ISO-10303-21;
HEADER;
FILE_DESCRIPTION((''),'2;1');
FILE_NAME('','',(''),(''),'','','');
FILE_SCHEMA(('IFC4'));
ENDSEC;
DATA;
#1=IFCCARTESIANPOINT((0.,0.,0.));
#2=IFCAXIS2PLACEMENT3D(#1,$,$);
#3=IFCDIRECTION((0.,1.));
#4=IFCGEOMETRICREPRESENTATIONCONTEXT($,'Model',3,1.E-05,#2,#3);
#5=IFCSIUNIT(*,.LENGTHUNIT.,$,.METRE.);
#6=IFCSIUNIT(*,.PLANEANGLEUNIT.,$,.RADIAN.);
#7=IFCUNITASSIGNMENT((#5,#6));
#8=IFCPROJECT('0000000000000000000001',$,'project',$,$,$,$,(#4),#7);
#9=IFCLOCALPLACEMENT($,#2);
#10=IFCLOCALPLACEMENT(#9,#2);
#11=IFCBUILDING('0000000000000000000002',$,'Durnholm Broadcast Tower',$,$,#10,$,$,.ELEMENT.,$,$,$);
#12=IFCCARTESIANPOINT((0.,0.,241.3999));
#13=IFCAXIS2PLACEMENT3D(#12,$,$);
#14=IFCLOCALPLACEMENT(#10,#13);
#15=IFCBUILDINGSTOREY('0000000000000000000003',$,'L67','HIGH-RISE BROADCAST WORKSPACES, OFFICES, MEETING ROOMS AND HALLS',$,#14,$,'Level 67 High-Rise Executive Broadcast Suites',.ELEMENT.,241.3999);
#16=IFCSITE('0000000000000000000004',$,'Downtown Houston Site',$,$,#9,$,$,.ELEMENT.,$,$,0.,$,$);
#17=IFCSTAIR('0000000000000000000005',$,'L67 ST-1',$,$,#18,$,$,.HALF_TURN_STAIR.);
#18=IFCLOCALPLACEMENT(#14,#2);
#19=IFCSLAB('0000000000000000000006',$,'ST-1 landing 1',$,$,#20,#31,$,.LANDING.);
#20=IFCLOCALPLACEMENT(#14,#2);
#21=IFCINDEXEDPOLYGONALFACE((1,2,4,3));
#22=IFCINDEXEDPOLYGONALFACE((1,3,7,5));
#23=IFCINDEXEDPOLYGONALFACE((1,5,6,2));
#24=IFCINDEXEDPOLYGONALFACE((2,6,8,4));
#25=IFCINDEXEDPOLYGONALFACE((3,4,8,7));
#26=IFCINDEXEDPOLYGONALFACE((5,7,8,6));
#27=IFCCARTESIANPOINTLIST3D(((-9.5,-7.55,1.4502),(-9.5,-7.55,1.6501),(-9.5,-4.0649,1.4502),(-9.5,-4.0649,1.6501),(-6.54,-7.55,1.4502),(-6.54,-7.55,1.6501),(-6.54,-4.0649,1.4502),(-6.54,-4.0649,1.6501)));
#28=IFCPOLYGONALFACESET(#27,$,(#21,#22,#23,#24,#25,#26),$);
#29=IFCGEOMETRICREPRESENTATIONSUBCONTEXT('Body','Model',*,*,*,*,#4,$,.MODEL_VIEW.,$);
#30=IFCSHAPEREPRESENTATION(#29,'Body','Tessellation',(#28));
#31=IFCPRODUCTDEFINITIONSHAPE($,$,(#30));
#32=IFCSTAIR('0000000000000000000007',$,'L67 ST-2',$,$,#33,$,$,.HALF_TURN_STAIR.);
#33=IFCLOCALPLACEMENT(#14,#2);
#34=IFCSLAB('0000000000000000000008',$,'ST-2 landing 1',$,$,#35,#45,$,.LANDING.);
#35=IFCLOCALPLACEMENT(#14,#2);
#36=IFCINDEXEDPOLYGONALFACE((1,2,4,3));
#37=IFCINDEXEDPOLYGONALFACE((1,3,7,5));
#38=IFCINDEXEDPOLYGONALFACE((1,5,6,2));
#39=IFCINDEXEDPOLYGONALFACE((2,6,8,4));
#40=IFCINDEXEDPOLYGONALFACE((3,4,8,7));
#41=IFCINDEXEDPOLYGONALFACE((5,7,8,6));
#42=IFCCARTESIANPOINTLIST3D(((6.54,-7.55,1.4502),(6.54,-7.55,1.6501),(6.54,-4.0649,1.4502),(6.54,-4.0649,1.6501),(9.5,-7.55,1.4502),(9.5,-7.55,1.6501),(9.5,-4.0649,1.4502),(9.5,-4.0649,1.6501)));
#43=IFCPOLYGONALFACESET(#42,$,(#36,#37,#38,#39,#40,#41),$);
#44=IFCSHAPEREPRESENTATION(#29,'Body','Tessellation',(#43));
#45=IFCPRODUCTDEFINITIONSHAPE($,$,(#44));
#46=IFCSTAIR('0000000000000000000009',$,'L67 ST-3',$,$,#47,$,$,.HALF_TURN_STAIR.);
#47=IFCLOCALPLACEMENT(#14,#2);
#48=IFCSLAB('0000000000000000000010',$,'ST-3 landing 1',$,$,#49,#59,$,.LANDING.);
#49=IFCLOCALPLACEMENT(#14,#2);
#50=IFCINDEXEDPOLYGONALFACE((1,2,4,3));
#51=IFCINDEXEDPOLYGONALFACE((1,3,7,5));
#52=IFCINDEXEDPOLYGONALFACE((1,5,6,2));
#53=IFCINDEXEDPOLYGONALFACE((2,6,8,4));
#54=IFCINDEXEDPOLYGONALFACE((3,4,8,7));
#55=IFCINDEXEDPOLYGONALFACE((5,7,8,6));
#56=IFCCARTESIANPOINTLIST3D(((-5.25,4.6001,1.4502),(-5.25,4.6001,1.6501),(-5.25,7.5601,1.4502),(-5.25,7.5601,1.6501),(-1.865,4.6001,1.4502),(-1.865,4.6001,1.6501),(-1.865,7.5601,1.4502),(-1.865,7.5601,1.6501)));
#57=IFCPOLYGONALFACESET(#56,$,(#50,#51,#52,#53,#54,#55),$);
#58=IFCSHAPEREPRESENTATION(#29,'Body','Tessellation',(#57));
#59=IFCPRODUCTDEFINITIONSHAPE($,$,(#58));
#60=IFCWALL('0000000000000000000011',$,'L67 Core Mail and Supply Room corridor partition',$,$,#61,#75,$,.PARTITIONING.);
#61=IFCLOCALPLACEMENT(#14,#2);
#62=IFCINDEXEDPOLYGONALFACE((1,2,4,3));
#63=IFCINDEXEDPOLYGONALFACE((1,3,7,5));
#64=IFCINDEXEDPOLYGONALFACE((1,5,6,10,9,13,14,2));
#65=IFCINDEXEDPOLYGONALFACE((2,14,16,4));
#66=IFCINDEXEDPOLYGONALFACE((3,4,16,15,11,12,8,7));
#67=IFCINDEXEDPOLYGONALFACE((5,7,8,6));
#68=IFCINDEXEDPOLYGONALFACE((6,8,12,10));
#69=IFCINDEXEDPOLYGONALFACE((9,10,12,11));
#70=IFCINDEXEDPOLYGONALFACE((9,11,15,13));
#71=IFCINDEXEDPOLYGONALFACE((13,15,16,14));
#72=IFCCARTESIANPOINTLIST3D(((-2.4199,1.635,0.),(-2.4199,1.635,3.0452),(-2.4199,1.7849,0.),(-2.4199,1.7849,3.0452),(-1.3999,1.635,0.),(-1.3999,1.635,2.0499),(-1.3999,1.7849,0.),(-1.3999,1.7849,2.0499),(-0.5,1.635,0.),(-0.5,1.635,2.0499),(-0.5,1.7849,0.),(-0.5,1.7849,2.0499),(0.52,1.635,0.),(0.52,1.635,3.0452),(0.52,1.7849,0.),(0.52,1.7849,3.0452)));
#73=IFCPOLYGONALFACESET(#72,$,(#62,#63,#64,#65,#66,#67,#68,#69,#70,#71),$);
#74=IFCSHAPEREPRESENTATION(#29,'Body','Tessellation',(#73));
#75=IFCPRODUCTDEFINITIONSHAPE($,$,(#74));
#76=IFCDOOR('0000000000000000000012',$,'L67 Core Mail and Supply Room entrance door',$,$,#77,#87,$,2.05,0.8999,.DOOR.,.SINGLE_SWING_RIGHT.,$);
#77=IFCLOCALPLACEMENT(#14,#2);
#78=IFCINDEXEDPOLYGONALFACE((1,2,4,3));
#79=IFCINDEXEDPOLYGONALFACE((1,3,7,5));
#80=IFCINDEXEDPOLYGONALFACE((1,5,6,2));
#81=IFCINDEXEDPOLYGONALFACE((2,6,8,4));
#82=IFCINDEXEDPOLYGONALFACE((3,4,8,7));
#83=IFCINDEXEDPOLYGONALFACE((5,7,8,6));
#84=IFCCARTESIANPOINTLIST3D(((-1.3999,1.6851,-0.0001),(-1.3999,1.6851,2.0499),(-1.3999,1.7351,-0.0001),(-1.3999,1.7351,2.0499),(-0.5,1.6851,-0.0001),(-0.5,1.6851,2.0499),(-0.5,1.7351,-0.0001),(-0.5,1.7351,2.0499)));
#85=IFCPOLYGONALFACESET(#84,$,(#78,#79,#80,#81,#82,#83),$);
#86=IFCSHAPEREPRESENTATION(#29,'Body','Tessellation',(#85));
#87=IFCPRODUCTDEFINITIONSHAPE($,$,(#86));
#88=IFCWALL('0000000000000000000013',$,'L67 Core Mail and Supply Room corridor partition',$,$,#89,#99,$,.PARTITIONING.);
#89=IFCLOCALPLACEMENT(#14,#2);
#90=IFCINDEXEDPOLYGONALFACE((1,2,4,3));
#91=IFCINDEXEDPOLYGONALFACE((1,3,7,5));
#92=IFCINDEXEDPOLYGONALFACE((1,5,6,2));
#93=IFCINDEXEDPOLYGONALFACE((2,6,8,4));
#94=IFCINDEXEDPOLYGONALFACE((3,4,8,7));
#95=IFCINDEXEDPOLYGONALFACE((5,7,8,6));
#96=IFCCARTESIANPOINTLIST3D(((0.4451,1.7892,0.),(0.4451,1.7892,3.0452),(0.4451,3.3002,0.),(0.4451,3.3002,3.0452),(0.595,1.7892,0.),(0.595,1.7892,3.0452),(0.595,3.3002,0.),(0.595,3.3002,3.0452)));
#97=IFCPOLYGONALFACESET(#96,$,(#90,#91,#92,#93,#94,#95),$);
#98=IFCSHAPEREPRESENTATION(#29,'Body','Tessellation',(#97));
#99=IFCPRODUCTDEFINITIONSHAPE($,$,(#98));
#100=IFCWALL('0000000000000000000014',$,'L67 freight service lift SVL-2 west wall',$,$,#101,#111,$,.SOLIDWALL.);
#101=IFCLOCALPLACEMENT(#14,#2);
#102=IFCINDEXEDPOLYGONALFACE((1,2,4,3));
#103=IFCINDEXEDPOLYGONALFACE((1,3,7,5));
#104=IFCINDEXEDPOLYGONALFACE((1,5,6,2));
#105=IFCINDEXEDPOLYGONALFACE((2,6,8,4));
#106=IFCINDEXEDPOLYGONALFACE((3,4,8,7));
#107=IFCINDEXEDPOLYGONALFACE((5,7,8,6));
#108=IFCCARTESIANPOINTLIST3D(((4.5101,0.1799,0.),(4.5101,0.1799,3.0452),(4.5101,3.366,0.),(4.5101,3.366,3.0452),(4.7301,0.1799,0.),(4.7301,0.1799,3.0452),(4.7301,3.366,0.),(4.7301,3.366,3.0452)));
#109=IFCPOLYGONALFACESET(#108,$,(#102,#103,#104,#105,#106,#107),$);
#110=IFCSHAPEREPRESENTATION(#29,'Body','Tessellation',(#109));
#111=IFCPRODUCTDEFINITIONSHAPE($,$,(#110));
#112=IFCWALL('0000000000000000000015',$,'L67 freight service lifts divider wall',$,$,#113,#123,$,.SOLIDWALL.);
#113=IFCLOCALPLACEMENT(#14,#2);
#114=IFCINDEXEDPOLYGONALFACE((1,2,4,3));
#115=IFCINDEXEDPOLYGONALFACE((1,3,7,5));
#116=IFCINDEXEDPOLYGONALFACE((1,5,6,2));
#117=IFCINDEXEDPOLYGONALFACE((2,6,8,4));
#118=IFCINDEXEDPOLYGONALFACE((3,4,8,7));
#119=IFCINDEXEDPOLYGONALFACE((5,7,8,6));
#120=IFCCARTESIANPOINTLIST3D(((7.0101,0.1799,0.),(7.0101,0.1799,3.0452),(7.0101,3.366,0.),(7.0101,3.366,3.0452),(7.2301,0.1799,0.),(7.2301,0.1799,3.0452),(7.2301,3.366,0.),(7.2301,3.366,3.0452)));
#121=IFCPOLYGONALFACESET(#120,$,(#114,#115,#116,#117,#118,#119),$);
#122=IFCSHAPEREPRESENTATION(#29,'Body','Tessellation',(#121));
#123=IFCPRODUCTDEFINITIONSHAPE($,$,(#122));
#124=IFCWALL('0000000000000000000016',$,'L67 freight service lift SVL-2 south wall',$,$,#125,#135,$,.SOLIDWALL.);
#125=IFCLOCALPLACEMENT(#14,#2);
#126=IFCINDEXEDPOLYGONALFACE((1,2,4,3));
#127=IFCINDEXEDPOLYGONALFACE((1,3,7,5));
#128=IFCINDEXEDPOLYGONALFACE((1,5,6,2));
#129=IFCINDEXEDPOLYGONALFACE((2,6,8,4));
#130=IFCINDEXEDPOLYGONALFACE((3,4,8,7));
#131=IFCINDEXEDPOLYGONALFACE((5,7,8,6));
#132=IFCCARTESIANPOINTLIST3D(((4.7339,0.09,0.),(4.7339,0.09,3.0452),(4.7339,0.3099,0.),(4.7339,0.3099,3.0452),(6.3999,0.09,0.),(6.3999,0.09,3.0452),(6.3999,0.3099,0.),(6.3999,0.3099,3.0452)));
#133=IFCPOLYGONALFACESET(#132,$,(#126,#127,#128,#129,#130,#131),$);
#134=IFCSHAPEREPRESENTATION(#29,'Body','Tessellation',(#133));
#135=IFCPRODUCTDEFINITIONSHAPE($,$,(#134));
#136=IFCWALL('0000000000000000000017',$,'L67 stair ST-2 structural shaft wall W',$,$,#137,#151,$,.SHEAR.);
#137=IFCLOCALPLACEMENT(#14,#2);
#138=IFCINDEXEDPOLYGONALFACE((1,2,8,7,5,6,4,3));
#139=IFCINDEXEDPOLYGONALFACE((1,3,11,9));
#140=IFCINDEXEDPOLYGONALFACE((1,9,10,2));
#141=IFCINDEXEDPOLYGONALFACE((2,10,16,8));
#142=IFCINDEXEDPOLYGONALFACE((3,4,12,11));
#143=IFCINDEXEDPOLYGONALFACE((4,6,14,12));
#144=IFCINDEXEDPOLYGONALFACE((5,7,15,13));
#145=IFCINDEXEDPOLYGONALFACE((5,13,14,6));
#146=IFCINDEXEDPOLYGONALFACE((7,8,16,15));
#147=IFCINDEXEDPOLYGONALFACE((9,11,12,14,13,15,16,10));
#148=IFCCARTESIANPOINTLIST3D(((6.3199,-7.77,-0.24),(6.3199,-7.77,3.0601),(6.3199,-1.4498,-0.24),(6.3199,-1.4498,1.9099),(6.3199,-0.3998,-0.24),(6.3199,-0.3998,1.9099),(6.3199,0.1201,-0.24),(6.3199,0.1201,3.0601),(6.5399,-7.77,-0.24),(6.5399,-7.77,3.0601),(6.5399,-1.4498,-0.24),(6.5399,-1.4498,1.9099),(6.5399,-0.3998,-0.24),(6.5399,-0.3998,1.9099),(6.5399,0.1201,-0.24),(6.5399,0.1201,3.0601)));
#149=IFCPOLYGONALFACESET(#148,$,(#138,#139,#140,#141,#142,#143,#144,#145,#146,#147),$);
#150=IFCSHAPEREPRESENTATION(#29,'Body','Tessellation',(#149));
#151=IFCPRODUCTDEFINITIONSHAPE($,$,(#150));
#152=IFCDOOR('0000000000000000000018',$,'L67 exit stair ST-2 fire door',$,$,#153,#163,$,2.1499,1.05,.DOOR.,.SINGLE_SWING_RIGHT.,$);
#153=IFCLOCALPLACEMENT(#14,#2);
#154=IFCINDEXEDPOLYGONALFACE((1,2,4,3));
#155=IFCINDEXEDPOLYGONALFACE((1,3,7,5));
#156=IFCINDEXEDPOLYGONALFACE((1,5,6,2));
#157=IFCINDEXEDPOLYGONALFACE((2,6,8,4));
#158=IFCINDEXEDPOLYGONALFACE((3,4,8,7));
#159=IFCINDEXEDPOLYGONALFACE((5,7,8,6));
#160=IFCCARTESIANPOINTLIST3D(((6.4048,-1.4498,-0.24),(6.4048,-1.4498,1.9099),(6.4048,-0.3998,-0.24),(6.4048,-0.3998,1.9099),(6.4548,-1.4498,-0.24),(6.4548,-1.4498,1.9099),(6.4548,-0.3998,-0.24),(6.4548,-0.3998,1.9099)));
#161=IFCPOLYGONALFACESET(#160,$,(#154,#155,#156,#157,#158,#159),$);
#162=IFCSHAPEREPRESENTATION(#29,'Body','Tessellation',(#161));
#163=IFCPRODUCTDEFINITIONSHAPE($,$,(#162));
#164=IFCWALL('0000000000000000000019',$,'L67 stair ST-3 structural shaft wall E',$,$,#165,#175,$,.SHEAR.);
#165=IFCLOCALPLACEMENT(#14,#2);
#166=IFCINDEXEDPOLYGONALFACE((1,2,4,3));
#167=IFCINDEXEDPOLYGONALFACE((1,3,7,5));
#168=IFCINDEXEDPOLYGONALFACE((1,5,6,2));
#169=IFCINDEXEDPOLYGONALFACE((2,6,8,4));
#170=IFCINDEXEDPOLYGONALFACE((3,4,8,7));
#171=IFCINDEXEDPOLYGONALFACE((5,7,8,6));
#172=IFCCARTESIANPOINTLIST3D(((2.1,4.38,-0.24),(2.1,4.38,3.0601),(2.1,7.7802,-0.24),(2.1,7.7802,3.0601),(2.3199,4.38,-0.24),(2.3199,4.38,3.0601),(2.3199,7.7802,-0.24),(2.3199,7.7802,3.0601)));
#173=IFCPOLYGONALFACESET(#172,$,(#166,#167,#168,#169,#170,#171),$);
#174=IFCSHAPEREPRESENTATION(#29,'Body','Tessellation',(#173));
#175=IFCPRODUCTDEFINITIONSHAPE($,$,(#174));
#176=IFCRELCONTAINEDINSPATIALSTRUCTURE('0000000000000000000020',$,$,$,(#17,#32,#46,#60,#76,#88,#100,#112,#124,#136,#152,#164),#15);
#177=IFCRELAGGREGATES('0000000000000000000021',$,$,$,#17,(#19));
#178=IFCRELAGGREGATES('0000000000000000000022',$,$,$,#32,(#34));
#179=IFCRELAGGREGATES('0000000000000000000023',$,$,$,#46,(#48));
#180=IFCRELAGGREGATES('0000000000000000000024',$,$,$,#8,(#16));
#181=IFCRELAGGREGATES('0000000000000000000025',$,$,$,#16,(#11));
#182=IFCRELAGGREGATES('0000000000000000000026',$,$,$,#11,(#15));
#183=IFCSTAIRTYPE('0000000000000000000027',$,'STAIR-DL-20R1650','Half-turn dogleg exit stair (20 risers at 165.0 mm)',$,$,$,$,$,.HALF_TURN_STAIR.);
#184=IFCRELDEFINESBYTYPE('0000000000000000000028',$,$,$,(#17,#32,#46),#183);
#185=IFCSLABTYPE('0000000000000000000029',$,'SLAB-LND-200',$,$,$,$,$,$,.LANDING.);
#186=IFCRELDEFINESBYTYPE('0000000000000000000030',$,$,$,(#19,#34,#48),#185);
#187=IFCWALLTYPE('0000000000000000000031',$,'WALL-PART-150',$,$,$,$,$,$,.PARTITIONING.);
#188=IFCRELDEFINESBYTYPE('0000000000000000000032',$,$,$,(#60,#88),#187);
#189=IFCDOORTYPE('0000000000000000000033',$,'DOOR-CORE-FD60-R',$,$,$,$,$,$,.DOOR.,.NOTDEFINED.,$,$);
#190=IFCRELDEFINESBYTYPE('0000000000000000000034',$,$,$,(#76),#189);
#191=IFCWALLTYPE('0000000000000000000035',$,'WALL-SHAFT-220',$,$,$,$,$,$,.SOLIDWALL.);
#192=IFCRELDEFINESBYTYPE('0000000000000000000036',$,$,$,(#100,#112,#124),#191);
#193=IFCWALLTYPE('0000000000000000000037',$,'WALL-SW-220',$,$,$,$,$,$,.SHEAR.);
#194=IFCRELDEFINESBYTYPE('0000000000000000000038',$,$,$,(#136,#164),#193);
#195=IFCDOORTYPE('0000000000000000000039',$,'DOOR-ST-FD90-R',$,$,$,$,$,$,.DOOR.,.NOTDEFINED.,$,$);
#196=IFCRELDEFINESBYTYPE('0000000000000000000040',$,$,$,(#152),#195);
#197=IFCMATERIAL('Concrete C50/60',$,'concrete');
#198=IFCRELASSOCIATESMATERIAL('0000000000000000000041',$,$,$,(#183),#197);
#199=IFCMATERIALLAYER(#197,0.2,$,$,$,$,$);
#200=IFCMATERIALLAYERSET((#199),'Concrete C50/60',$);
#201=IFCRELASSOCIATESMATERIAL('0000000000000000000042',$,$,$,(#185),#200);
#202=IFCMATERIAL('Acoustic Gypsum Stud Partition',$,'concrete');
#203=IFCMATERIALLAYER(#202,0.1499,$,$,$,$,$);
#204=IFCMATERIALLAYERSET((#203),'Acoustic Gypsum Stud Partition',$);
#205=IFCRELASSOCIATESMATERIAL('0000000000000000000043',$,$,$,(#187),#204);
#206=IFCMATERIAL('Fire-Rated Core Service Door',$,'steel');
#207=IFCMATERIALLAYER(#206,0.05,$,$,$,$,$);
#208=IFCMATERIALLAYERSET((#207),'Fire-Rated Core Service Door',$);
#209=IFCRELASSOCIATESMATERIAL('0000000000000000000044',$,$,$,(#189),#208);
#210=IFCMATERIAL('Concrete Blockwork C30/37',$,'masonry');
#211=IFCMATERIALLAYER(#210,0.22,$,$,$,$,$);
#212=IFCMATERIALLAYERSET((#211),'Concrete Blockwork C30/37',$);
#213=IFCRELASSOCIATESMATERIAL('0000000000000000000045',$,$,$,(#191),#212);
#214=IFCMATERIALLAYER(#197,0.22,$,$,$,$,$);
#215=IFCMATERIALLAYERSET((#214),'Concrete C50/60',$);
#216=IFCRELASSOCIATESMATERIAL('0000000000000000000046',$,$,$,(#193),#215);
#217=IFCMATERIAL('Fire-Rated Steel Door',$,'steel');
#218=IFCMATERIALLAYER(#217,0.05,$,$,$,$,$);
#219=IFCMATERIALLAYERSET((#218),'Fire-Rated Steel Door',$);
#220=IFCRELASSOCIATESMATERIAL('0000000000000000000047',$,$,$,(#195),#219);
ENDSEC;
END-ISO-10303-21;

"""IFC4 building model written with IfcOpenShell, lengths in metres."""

from ifc_helpers import new_model, si_unit, direction, frame, frame_2d, origin, place, context, subcontext, project, spatial, polyline, rectangle, outline, extrude, source, transform, mapped, material, layer, layer_set, type_object, type_shapes, element, fill, aggregate, save


model = new_model("IFC4")

# Units and contexts
model_context = context("Model", 3, precision=1e-05, world=origin(), true_north=direction((0.0, 1.0)))
body_context = subcontext(model_context, "Body", "Model", "MODEL_VIEW")
ifc_project = project(units=[si_unit("LENGTHUNIT", "METRE"), si_unit("PLANEANGLEUNIT", "RADIAN")], contexts=[model_context])

# Site, building, storey
site_placement = place(None, origin())
site = spatial("IfcSite", under=ifc_project, at=site_placement, Name="Downtown Houston Site", CompositionType="ELEMENT", RefElevation=0.0)
building_placement = place(site_placement, origin())
building = spatial("IfcBuilding", under=site, at=building_placement, Name="Durnholm Broadcast Tower", CompositionType="ELEMENT")
storey_placement = place(building_placement, frame((0.0, 0.0, 241.3999)))
storey = spatial("IfcBuildingStorey", under=building, at=storey_placement, Name="L67", Description="HIGH-RISE BROADCAST WORKSPACES, OFFICES, MEETING ROOMS AND HALLS", LongName="Level 67 High-Rise Executive Broadcast Suites", CompositionType="ELEMENT", Elevation=241.3999)

# Stairs, slabs
ifc_material_1 = material(Name="Concrete C50/60", Category="concrete")
stair_type = type_object("IfcStairType", Name="STAIR-DL-20R1650", Description="Half-turn dogleg exit stair (20 risers at 165.0 mm)", PredefinedType="HALF_TURN_STAIR", material=ifc_material_1)
stair_1_placement = place(storey_placement, origin())
stair_1 = element("IfcStair", 1, at=stair_1_placement, inside=storey, type_object=stair_type, Name="L67 ST-1", PredefinedType="HALF_TURN_STAIR")
ifc_layer_1 = layer(ifc_material_1, 0.2)
ifc_layer_set_1 = layer_set([ifc_layer_1], Name="Concrete C50/60")
slab_type = type_object("IfcSlabType", Name="SLAB-LND-200", PredefinedType="LANDING", material=ifc_layer_set_1)
slab_1_placement = place(storey_placement, frame((0.0, 0.0, 1.4502)))
slab_1 = element("IfcSlab", 2, at=slab_1_placement, type_object=slab_type, Name="ST-1 landing 1", PredefinedType="LANDING", context=body_context, shape_type="SweptSolid", body=[
    extrude(outline(polyline([(-9.5, -4.0649), (-9.5, -7.55), (-6.54, -7.55), (-6.54, -4.0649), (-9.5, -4.0649)])), origin(), (0.0, 0.0, 1.0), 0.2),
])
aggregate(stair_1, [slab_1])
stair_2_placement = place(storey_placement, origin())
stair_2 = element("IfcStair", 3, at=stair_2_placement, inside=storey, type_object=stair_type, Name="L67 ST-2", PredefinedType="HALF_TURN_STAIR")
slab_2_placement = place(storey_placement, frame((0.0, 0.0, 1.4502)))
slab_2 = element("IfcSlab", 4, at=slab_2_placement, type_object=slab_type, Name="ST-2 landing 1", PredefinedType="LANDING", context=body_context, shape_type="SweptSolid", body=[
    extrude(outline(polyline([(6.54, -4.0649), (6.54, -7.55), (9.5, -7.55), (9.5, -4.0649), (6.54, -4.0649)])), origin(), (0.0, 0.0, 1.0), 0.2),
])
aggregate(stair_2, [slab_2])
stair_3_placement = place(storey_placement, origin())
stair_3 = element("IfcStair", 5, at=stair_3_placement, inside=storey, type_object=stair_type, Name="L67 ST-3", PredefinedType="HALF_TURN_STAIR")
slab_3_placement = place(storey_placement, frame((0.0, 0.0, 1.4502)))
slab_3 = element("IfcSlab", 6, at=slab_3_placement, type_object=slab_type, Name="ST-3 landing 1", PredefinedType="LANDING", context=body_context, shape_type="SweptSolid", body=[
    extrude(outline(polyline([(-1.865, 7.5601), (-5.25, 7.5601), (-5.25, 4.6001), (-1.865, 4.6001), (-1.865, 7.5601)])), origin(), (0.0, 0.0, 1.0), 0.2),
])

# Wall, opening, door
ifc_material_2 = material(Name="Acoustic Gypsum Stud Partition", Category="concrete")
ifc_layer_2 = layer(ifc_material_2, 0.1499)
ifc_layer_set_2 = layer_set([ifc_layer_2], Name="Acoustic Gypsum Stud Partition")
wall_type_1 = type_object("IfcWallType", Name="WALL-PART-150", PredefinedType="PARTITIONING", material=ifc_layer_set_2)
wall_1_placement = place(storey_placement, frame((0.52, 1.71, 0.0), z_axis=(0.0, 0.0, 1.0), x_axis=(-1.0, 0.0, 0.0)))
wall_1 = element("IfcWall", 7, at=wall_1_placement, inside=storey, type_object=wall_type_1, Name="L67 Core Mail and Supply Room corridor partition", PredefinedType="PARTITIONING", context=body_context, shape_type="SweptSolid", body=[
    extrude(rectangle(XDim=2.9399, YDim=0.1499, at=frame_2d((1.47, 0.0))), origin(), (0.0, 0.0, 1.0), 3.0452),
])
opening_1_placement = place(wall_1_placement, frame((1.02, 0.0, 0.0)))
opening_1 = element("IfcOpeningElement", 8, at=opening_1_placement, cuts=wall_1, PredefinedType="OPENING", context=body_context, shape_type="SweptSolid", body=[
    extrude(rectangle(XDim=0.8999, YDim=2.05, at=frame_2d((0.45, 1.0249))), frame((0.0, 0.085, 0.0), z_axis=(0.0, -1.0, 0.0), x_axis=(1.0, 0.0, 0.0)), (0.0, 0.0, 1.0), 0.1699),
])
ifc_material_3 = material(Name="Fire-Rated Core Service Door", Category="steel")
ifc_layer_3 = layer(ifc_material_3, 0.05)
ifc_layer_set_3 = layer_set([ifc_layer_3], Name="Fire-Rated Core Service Door")
door_type_1 = type_object("IfcDoorType", Name="DOOR-CORE-FD60-R", OperationType="NOTDEFINED", PredefinedType="DOOR", material=ifc_layer_set_3)
shared_shape_1 = source(origin(), body_context, "Body", "SweptSolid", [
    extrude(rectangle(XDim=0.8999, YDim=2.05, at=frame_2d((0.45, 1.0249))), frame((0.0, 0.0249, 0.0), z_axis=(0.0, -1.0, 0.0), x_axis=(1.0, 0.0, 0.0)), (0.0, 0.0, 1.0), 0.05),
])
type_shapes(door_type_1, [shared_shape_1])
door_1_placement = place(opening_1_placement, origin())
door_1 = element("IfcDoor", 9, at=door_1_placement, inside=storey, type_object=door_type_1, Name="L67 Core Mail and Supply Room entrance door", OperationType="SINGLE_SWING_RIGHT", OverallHeight=2.05, OverallWidth=0.8999, PredefinedType="DOOR", context=body_context, shape_type="MappedRepresentation", body=[
    mapped(shared_shape_1, transform((0.0, 0.0, 0.0), x_axis=(1.0, 0.0, 0.0), y_axis=(0.0, 1.0, 0.0), z_axis=(0.0, 0.0, 1.0), scale=1.0)),
])
fill(opening_1, door_1)

# Wall
wall_2_placement = place(storey_placement, frame((0.52, 3.3, 0.0), z_axis=(0.0, 0.0, 1.0), x_axis=(0.0, -1.0, 0.0)))
element("IfcWall", 10, at=wall_2_placement, inside=storey, type_object=wall_type_1, Name="L67 Core Mail and Supply Room corridor partition", PredefinedType="PARTITIONING", context=body_context, shape_type="SweptSolid", body=[
    extrude(rectangle(XDim=1.511, YDim=0.1499, at=frame_2d((0.7554, 0.0))), origin(), (0.0, 0.0, 1.0), 3.0452),
])

# Shared definitions
ifc_material_4 = material(Name="Concrete Blockwork C30/37", Category="masonry")
ifc_layer_4 = layer(ifc_material_4, 0.22)
ifc_layer_set_4 = layer_set([ifc_layer_4], Name="Concrete Blockwork C30/37")
wall_type_2 = type_object("IfcWallType", Name="WALL-SHAFT-220", PredefinedType="SOLIDWALL", material=ifc_layer_set_4)

# Walls
for number, where, z_axis, x_axis, name in (
    (11, (4.6201, 0.1799, 0.0), (0.0, 0.0, 1.0), (0.0, 1.0, 0.0), "L67 freight service lift SVL-2 west wall"),
    (12, (7.1201, 0.1799, 0.0), (0.0, 0.0, 1.0), (0.0, 1.0, 0.0), "L67 freight service lifts divider wall"),
):
    element("IfcWall", number, at=place(storey_placement, frame(where, z_axis=z_axis, x_axis=x_axis)), inside=storey, type_object=wall_type_2, Name=name, PredefinedType="SOLIDWALL", context=body_context, shape_type="SweptSolid", body=[
        extrude(rectangle(XDim=3.186, YDim=0.22, at=frame_2d((1.593, 0.0))), origin(), (0.0, 0.0, 1.0), 3.0452),
    ])
wall_3_placement = place(storey_placement, frame((4.7339, 0.2, 0.0), z_axis=(0.0, 0.0, 1.0), x_axis=(1.0, 0.0, 0.0)))
element("IfcWall", 13, at=wall_3_placement, inside=storey, type_object=wall_type_2, Name="L67 freight service lift SVL-2 south wall", PredefinedType="SOLIDWALL", context=body_context, shape_type="SweptSolid", body=[
    extrude(rectangle(XDim=1.666, YDim=0.22, at=frame_2d((0.833, 0.0))), origin(), (0.0, 0.0, 1.0), 3.0452),
])

# Wall, opening, door
ifc_layer_5 = layer(ifc_material_1, 0.22)
ifc_layer_set_5 = layer_set([ifc_layer_5], Name="Concrete C50/60")
wall_type_3 = type_object("IfcWallType", Name="WALL-SW-220", PredefinedType="SHEAR", material=ifc_layer_set_5)
wall_4_placement = place(storey_placement, frame((6.4299, 0.1201, -0.24), z_axis=(0.0, 0.0, 1.0), x_axis=(0.0, -1.0, 0.0)))
wall_4 = element("IfcWall", 14, at=wall_4_placement, inside=storey, type_object=wall_type_3, Name="L67 stair ST-2 structural shaft wall W", PredefinedType="SHEAR", context=body_context, shape_type="SweptSolid", body=[
    extrude(rectangle(XDim=7.8901, YDim=0.22, at=frame_2d((3.9451, 0.0))), origin(), (0.0, 0.0, 1.0), 3.3),
])
opening_2_placement = place(wall_4_placement, frame((0.52, 0.0, 0.0)))
opening_2 = element("IfcOpeningElement", 15, at=opening_2_placement, cuts=wall_4, PredefinedType="OPENING", context=body_context, shape_type="SweptSolid", body=[
    extrude(rectangle(XDim=1.05, YDim=2.1499, at=frame_2d((0.5249, 1.075))), frame((0.0, 0.1201, 0.0), z_axis=(0.0, -1.0, 0.0), x_axis=(1.0, 0.0, 0.0)), (0.0, 0.0, 1.0), 0.24),
])
ifc_material_5 = material(Name="Fire-Rated Steel Door", Category="steel")
ifc_layer_6 = layer(ifc_material_5, 0.05)
ifc_layer_set_6 = layer_set([ifc_layer_6], Name="Fire-Rated Steel Door")
door_type_2 = type_object("IfcDoorType", Name="DOOR-ST-FD90-R", OperationType="NOTDEFINED", PredefinedType="DOOR", material=ifc_layer_set_6)
shared_shape_2 = source(origin(), body_context, "Body", "SweptSolid", [
    extrude(rectangle(XDim=1.05, YDim=2.1499, at=frame_2d((0.5249, 1.075))), frame((0.0, 0.0249, 0.0), z_axis=(0.0, -1.0, 0.0), x_axis=(1.0, 0.0, 0.0)), (0.0, 0.0, 1.0), 0.05),
])
type_shapes(door_type_2, [shared_shape_2])
door_2_placement = place(opening_2_placement, origin())
door_2 = element("IfcDoor", 16, at=door_2_placement, inside=storey, type_object=door_type_2, Name="L67 exit stair ST-2 fire door", OperationType="SINGLE_SWING_RIGHT", OverallHeight=2.1499, OverallWidth=1.05, PredefinedType="DOOR", context=body_context, shape_type="MappedRepresentation", body=[
    mapped(shared_shape_2, transform((0.0, 0.0, 0.0), x_axis=(1.0, 0.0, 0.0), y_axis=(0.0, 1.0, 0.0), z_axis=(0.0, 0.0, 1.0), scale=1.0)),
])
fill(opening_2, door_2)

# Wall
wall_5_placement = place(storey_placement, frame((2.21, 4.3799, -0.24), z_axis=(0.0, 0.0, 1.0), x_axis=(0.0, 1.0, 0.0)))
element("IfcWall", 17, at=wall_5_placement, inside=storey, type_object=wall_type_3, Name="L67 stair ST-3 structural shaft wall E", PredefinedType="SHEAR", context=body_context, shape_type="SweptSolid", body=[
    extrude(rectangle(XDim=3.4001, YDim=0.22, at=frame_2d((1.7002, 0.0))), origin(), (0.0, 0.0, 1.0), 3.3),
])

aggregate(stair_3, [slab_3])

save(model, "model.ifc")
